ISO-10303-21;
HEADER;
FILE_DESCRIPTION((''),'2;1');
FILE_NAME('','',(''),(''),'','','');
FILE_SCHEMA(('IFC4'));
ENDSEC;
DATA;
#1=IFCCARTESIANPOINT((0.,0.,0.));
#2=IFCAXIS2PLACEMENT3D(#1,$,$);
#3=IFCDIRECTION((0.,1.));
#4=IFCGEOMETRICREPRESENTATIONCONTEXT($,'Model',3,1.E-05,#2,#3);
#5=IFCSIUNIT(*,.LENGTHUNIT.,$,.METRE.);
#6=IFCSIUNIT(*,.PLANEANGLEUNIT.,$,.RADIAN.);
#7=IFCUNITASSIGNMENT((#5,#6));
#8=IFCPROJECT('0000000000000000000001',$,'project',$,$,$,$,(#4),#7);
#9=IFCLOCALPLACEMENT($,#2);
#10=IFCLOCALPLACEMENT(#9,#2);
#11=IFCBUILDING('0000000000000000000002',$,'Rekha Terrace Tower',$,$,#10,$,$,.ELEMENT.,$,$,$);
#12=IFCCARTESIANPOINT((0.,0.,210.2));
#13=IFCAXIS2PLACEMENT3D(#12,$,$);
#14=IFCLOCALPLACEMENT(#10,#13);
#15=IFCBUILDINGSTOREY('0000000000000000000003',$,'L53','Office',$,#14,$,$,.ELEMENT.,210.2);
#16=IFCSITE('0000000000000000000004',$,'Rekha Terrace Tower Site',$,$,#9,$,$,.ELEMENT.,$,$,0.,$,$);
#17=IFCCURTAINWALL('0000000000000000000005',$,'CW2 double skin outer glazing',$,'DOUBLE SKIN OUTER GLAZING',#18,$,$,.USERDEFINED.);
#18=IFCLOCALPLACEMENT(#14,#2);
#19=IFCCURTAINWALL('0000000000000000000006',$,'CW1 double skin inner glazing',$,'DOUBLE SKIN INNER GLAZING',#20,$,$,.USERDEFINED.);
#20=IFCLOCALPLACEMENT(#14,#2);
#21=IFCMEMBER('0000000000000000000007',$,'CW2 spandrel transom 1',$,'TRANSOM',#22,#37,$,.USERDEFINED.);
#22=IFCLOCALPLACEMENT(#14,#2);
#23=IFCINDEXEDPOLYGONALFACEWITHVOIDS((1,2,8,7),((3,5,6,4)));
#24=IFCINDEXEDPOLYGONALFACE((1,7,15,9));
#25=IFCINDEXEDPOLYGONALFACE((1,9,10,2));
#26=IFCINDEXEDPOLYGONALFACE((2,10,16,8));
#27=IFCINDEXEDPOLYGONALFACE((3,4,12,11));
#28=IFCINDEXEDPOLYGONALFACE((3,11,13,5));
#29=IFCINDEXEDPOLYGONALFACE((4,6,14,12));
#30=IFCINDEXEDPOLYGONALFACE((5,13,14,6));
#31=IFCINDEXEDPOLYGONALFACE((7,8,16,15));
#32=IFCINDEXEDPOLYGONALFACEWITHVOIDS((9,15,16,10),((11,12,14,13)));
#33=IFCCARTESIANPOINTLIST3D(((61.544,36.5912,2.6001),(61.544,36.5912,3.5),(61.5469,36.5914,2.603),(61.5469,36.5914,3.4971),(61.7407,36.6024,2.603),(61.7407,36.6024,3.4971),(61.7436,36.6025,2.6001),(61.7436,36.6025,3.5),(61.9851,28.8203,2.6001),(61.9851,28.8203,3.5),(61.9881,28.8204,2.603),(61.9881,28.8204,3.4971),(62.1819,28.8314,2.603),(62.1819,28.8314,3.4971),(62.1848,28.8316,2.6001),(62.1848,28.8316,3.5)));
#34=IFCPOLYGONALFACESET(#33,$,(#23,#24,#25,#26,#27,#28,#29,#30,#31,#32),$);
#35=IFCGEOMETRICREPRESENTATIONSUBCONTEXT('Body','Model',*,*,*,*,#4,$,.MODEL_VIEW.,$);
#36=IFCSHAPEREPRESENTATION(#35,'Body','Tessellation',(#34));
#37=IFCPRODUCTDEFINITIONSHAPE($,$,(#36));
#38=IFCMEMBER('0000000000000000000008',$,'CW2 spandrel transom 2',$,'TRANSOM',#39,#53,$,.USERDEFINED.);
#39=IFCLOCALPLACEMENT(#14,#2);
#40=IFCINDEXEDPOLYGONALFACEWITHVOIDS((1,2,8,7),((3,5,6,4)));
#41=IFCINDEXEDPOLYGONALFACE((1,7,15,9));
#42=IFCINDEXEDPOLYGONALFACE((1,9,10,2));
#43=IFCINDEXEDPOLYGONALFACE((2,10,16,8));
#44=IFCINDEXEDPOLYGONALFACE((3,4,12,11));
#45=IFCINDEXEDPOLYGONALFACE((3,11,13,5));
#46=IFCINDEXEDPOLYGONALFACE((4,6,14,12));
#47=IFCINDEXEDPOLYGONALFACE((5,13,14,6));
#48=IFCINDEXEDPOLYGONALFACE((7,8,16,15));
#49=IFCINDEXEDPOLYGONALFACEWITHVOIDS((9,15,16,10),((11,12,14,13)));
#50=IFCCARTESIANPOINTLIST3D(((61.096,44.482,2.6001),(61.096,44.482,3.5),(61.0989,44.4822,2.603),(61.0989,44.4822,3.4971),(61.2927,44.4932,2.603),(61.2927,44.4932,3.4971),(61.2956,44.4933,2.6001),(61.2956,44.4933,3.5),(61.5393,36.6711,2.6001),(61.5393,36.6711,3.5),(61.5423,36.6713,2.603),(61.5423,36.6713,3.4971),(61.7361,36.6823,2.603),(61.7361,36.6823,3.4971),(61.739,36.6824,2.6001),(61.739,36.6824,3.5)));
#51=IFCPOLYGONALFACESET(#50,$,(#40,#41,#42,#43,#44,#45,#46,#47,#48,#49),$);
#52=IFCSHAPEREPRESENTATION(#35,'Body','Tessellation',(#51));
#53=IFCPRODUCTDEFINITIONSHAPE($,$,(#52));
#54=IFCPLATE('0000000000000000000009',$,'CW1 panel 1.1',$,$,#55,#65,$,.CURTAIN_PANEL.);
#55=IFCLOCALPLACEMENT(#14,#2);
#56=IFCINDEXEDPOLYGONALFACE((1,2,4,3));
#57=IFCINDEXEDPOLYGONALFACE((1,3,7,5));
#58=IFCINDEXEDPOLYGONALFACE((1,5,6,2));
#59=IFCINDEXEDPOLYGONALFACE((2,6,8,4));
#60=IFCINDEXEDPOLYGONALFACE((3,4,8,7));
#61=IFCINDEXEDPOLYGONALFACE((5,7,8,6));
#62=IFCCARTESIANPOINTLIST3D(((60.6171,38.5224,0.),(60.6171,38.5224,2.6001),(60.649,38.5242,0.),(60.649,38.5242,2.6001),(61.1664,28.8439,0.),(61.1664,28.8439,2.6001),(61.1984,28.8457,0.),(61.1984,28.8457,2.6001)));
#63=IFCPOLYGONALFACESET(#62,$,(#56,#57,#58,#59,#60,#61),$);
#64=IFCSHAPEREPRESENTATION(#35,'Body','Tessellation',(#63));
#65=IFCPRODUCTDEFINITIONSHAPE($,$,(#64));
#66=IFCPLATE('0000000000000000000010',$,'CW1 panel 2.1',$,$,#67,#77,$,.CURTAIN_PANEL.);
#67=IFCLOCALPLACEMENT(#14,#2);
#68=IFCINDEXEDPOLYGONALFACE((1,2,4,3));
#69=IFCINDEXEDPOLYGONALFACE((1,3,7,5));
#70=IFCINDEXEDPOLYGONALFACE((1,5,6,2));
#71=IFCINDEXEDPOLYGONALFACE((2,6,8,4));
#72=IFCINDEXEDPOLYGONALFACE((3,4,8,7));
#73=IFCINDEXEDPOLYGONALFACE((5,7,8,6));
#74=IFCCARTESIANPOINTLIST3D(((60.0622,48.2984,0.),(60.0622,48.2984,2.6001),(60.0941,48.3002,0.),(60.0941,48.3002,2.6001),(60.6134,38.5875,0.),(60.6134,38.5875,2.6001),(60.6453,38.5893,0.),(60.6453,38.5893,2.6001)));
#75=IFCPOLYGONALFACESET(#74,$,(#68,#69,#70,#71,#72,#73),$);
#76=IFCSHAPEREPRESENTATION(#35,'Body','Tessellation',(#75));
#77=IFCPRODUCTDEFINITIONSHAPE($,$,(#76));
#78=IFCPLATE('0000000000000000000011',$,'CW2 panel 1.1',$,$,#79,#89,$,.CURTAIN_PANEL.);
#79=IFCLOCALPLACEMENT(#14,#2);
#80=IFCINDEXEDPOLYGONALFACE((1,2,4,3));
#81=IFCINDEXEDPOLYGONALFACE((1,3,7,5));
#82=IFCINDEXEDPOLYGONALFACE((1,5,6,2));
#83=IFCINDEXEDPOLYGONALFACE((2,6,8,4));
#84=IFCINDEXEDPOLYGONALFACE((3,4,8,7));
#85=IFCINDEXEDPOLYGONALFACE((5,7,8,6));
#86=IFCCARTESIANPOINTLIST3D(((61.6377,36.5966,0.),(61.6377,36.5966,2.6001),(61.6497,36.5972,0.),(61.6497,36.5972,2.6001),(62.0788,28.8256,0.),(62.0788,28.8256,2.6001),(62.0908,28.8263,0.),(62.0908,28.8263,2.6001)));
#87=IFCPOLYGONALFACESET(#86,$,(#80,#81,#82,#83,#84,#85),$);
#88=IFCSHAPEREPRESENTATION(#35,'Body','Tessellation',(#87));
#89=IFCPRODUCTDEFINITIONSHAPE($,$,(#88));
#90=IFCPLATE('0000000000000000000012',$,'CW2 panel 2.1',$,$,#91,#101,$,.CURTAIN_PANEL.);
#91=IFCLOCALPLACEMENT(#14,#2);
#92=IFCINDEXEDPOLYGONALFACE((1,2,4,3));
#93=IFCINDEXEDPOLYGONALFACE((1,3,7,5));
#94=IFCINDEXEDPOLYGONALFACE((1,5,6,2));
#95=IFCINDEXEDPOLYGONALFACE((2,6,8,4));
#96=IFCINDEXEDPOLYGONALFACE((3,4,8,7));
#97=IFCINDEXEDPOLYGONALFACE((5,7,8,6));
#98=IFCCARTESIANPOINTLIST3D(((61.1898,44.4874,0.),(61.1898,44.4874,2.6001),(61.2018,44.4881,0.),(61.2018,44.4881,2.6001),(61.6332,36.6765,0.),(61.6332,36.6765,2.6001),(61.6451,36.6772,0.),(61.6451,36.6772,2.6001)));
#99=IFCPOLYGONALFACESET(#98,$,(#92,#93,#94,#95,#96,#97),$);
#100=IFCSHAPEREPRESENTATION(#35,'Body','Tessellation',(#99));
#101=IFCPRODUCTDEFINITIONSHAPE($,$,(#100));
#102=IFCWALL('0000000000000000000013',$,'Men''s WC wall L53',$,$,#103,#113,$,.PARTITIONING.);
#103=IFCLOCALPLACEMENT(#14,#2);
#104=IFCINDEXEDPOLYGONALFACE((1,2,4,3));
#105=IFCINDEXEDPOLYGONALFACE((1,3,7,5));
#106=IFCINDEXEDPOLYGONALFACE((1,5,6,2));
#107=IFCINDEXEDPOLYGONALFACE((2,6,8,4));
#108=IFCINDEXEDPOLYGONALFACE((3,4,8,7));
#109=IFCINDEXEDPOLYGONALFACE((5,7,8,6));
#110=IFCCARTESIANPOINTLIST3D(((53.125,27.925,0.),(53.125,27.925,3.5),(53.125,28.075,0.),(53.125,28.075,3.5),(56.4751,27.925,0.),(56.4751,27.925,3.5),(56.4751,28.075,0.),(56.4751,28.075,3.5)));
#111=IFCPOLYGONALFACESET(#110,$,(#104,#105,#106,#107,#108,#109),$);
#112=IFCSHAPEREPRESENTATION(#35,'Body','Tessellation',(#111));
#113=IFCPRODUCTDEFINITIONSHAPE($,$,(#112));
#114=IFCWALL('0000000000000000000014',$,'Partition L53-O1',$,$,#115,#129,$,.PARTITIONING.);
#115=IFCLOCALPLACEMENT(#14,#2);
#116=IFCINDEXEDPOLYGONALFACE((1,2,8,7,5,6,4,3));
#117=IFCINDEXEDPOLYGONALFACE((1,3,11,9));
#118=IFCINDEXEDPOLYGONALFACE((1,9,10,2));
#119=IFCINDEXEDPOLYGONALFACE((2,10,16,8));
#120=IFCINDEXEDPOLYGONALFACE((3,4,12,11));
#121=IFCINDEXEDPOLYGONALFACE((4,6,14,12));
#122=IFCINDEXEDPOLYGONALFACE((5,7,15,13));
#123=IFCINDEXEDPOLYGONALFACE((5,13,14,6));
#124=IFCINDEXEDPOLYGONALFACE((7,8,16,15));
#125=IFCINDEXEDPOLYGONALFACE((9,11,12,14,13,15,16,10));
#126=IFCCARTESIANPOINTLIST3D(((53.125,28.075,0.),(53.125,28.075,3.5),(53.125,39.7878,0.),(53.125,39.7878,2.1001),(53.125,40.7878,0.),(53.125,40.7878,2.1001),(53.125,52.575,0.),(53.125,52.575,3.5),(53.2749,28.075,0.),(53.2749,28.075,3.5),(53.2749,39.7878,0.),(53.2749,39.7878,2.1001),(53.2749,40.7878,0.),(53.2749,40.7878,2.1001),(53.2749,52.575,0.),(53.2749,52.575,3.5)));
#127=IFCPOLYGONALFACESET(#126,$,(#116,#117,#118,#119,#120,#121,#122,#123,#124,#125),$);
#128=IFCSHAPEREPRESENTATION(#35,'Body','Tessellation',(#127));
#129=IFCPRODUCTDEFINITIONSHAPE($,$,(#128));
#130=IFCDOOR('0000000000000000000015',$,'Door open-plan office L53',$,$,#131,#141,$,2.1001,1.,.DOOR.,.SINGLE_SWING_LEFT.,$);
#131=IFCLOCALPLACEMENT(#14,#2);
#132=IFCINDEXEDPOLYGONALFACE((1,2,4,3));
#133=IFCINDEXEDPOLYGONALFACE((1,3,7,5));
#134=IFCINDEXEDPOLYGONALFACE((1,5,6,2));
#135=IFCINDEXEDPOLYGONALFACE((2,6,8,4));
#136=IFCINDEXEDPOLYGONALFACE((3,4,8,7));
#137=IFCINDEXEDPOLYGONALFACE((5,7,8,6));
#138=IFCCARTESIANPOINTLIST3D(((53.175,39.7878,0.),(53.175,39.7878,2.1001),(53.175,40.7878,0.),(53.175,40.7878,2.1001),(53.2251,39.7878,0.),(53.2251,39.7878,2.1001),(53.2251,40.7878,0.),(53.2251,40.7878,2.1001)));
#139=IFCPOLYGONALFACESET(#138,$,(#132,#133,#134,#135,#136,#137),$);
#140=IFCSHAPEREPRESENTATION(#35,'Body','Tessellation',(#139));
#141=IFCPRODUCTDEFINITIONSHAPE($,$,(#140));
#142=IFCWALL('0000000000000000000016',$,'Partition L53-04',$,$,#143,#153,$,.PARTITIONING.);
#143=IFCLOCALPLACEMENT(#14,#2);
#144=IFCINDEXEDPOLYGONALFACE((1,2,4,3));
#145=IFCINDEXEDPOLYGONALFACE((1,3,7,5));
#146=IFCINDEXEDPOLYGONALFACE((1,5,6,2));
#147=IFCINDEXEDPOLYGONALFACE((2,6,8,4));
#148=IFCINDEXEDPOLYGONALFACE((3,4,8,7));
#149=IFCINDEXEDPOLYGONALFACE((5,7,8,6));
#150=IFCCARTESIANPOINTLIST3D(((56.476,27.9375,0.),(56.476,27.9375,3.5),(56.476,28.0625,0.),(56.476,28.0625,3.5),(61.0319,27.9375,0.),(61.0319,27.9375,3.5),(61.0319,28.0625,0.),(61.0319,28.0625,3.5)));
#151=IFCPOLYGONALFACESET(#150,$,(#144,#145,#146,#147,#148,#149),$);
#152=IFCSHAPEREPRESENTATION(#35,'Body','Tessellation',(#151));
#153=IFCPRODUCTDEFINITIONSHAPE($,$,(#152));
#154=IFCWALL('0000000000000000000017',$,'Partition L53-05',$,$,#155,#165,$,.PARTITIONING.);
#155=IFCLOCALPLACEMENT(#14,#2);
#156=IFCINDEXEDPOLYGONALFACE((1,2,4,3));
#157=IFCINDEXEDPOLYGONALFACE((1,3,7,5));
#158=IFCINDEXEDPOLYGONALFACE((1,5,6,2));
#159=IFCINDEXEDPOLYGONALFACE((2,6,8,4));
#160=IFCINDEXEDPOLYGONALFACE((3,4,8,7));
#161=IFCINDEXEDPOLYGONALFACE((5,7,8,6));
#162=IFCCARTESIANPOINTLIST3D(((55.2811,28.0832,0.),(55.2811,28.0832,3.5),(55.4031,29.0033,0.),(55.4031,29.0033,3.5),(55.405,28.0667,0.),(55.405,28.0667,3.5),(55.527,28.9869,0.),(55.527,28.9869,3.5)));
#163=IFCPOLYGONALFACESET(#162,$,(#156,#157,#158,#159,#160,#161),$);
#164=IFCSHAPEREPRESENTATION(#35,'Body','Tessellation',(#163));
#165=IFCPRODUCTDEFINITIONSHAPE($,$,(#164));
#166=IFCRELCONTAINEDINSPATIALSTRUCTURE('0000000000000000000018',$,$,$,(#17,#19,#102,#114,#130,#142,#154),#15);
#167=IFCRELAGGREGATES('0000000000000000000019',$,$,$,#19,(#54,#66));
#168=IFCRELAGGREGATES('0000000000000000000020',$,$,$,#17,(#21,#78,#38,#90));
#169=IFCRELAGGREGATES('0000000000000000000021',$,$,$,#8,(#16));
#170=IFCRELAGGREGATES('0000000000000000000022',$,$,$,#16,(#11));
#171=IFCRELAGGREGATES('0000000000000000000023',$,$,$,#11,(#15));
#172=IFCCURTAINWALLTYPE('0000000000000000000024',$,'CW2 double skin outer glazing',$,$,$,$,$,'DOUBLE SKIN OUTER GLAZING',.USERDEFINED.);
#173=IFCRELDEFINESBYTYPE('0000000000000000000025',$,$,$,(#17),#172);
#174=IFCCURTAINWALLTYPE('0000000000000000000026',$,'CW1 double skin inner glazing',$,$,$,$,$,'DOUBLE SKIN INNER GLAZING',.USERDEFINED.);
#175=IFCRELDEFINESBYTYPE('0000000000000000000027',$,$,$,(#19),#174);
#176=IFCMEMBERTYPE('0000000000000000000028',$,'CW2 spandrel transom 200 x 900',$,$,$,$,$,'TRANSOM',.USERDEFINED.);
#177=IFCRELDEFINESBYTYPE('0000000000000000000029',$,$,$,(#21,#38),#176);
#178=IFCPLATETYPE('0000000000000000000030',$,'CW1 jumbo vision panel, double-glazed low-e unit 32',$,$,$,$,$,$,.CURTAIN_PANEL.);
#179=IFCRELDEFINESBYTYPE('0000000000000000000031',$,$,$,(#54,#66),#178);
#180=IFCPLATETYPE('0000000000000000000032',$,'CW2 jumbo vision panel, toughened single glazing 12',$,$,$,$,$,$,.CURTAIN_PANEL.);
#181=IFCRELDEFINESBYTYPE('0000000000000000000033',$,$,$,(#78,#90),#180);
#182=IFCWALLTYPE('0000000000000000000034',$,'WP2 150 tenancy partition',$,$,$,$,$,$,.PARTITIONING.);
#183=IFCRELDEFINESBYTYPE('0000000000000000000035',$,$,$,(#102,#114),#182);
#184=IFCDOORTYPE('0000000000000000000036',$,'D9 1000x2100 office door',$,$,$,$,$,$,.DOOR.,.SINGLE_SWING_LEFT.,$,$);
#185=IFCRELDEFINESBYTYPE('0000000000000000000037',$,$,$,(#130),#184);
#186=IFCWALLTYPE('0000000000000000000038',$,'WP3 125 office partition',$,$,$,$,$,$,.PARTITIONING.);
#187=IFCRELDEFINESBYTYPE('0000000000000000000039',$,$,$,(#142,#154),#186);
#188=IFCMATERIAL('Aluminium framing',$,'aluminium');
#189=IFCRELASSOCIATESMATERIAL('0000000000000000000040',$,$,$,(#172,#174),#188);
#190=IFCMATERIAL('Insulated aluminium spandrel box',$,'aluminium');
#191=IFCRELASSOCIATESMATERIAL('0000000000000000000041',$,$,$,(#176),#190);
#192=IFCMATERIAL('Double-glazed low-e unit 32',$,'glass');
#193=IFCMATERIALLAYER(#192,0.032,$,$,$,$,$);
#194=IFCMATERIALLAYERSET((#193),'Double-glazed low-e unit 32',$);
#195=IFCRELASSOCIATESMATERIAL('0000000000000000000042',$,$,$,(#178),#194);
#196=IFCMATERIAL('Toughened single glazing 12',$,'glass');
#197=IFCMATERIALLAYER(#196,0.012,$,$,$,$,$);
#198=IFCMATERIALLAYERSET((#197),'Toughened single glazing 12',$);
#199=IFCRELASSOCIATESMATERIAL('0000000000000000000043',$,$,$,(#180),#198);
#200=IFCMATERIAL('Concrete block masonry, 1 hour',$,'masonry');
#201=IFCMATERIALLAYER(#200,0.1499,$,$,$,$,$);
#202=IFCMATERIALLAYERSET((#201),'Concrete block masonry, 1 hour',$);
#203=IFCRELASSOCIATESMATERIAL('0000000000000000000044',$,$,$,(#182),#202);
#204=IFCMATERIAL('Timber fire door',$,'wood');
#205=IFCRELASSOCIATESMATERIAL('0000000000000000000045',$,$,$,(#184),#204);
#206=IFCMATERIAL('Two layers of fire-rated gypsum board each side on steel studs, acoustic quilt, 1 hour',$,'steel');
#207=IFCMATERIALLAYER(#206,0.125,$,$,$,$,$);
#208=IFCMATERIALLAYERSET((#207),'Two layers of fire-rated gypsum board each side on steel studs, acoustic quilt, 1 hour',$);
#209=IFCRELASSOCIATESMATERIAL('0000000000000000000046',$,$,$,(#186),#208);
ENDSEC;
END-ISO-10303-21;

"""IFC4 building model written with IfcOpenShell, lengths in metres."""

from ifc_helpers import new_model, si_unit, direction, frame, frame_2d, origin, origin_2d, place, context, subcontext, project, spatial, rectangle, hollow_rectangle, extrude, material, layer, layer_set, material_profile, profile_set, type_object, element, fill, aggregate, save


model = new_model("IFC4")

# Units and contexts
model_context = context("Model", 3, precision=1e-05, world=origin(), true_north=direction((0.0, 1.0)))
body_context = subcontext(model_context, "Body", "Model", "MODEL_VIEW")
ifc_project = project(units=[si_unit("LENGTHUNIT", "METRE"), si_unit("PLANEANGLEUNIT", "RADIAN")], contexts=[model_context])

# Site, building, storey
site_placement = place(None, origin())
site = spatial("IfcSite", under=ifc_project, at=site_placement, Name="Rekha Terrace Tower Site", CompositionType="ELEMENT", RefElevation=0.0)
building_placement = place(site_placement, origin())
building = spatial("IfcBuilding", under=site, at=building_placement, Name="Rekha Terrace Tower", CompositionType="ELEMENT")
storey_placement = place(building_placement, frame((0.0, 0.0, 210.2)))
storey = spatial("IfcBuildingStorey", under=building, at=storey_placement, Name="L53", Description="Office", CompositionType="ELEMENT", Elevation=210.2)

# Curtain wall
ifc_material_1 = material(Name="Aluminium framing", Category="aluminium")
curtain_wall_type_1 = type_object("IfcCurtainWallType", Name="CW2 double skin outer glazing", ElementType="DOUBLE SKIN OUTER GLAZING", PredefinedType="USERDEFINED", material=ifc_material_1)
curtain_wall_1_placement = place(storey_placement, origin())
curtain_wall_1 = element("IfcCurtainWall", 1, at=curtain_wall_1_placement, inside=storey, type_object=curtain_wall_type_1, Name="CW2 double skin outer glazing", ObjectType="DOUBLE SKIN OUTER GLAZING", PredefinedType="USERDEFINED")

# Curtain wall
curtain_wall_type_2 = type_object("IfcCurtainWallType", Name="CW1 double skin inner glazing", ElementType="DOUBLE SKIN INNER GLAZING", PredefinedType="USERDEFINED", material=ifc_material_1)
curtain_wall_2_placement = place(storey_placement, origin())
curtain_wall_2 = element("IfcCurtainWall", 2, at=curtain_wall_2_placement, inside=storey, type_object=curtain_wall_type_2, Name="CW1 double skin inner glazing", ObjectType="DOUBLE SKIN INNER GLAZING", PredefinedType="USERDEFINED")
ifc_material_2 = material(Name="Insulated aluminium spandrel box", Category="aluminium")

# Members
ifc_material_profile_1 = material_profile(ifc_material_2, hollow_rectangle(XDim=0.2, YDim=0.8999, WallThickness=0.0029, at=origin_2d()), Name="AL SPANDREL BOX 200x900")
ifc_profile_set_1 = profile_set([ifc_material_profile_1], Name="Insulated aluminium spandrel box")
member_type_1 = type_object("IfcMemberType", Name="CW2 spandrel transom 200 x 900", ElementType="TRANSOM", PredefinedType="USERDEFINED", material=ifc_profile_set_1)
member_1_placement = place(storey_placement, frame((62.085, 28.8259, 3.05), z_axis=(-0.056679, 0.998392, 0.0), x_axis=(-0.998392, -0.056679, 0.0)))
member_1 = element("IfcMember", 3, at=member_1_placement, type_object=member_type_1, Name="CW2 spandrel transom 1", ObjectType="TRANSOM", PredefinedType="USERDEFINED", context=body_context, shape_type="SweptSolid", body=[
    extrude(hollow_rectangle(XDim=0.2, YDim=0.8999, WallThickness=0.0029, at=origin_2d()), origin(), (0.0, 0.0, 1.0), 7.7834),
])
member_2_placement = place(storey_placement, frame((61.6392, 36.6768, 3.05), z_axis=(-0.056669, 0.998393, 0.0), x_axis=(-0.998393, -0.056669, 0.0)))
member_2 = element("IfcMember", 4, at=member_2_placement, type_object=member_type_1, Name="CW2 spandrel transom 2", ObjectType="TRANSOM", PredefinedType="USERDEFINED", context=body_context, shape_type="SweptSolid", body=[
    extrude(hollow_rectangle(XDim=0.2, YDim=0.8999, WallThickness=0.0029, at=origin_2d()), origin(), (0.0, 0.0, 1.0), 7.8235),
])

# Plates
ifc_material_3 = material(Name="Double-glazed low-e unit 32", Category="glass")
ifc_layer_1 = layer(ifc_material_3, 0.032)
ifc_layer_set_1 = layer_set([ifc_layer_1], Name="Double-glazed low-e unit 32")
plate_type_1 = type_object("IfcPlateType", Name="CW1 jumbo vision panel, double-glazed low-e unit 32", PredefinedType="CURTAIN_PANEL", material=ifc_layer_set_1)
plate_1_placement = place(storey_placement, frame((60.9077, 33.6841, 0.0), z_axis=(0.0, 0.0, 1.0), x_axis=(-0.056673, 0.998393, 0.0)))
plate_1 = element("IfcPlate", 5, at=plate_1_placement, type_object=plate_type_1, Name="CW1 panel 1.1", PredefinedType="CURTAIN_PANEL", context=body_context, shape_type="SweptSolid", body=[
    extrude(rectangle(XDim=9.6941, YDim=0.032, at=origin_2d()), origin(), (0.0, 0.0, 1.0), 2.6001),
])
plate_2_placement = place(storey_placement, frame((60.3538, 43.4438, 0.0), z_axis=(0.0, 0.0, 1.0), x_axis=(-0.056673, 0.998393, 0.0)))
plate_2 = element("IfcPlate", 6, at=plate_2_placement, type_object=plate_type_1, Name="CW1 panel 2.1", PredefinedType="CURTAIN_PANEL", context=body_context, shape_type="SweptSolid", body=[
    extrude(rectangle(XDim=9.7266, YDim=0.032, at=origin_2d()), origin(), (0.0, 0.0, 1.0), 2.6001),
])
aggregate(curtain_wall_2, [plate_1, plate_2])
ifc_material_4 = material(Name="Toughened single glazing 12", Category="glass")
ifc_layer_2 = layer(ifc_material_4, 0.012)
ifc_layer_set_2 = layer_set([ifc_layer_2], Name="Toughened single glazing 12")
plate_type_2 = type_object("IfcPlateType", Name="CW2 jumbo vision panel, toughened single glazing 12", PredefinedType="CURTAIN_PANEL", material=ifc_layer_set_2)
plate_3_placement = place(storey_placement, frame((61.8643, 32.7114, 0.0), z_axis=(0.0, 0.0, 1.0), x_axis=(-0.056673, 0.998393, 0.0)))
plate_3 = element("IfcPlate", 7, at=plate_3_placement, type_object=plate_type_2, Name="CW2 panel 1.1", PredefinedType="CURTAIN_PANEL", context=body_context, shape_type="SweptSolid", body=[
    extrude(rectangle(XDim=7.7834, YDim=0.012, at=origin_2d()), origin(), (0.0, 0.0, 1.0), 2.6001),
])
plate_4_placement = place(storey_placement, frame((61.4175, 40.5823, 0.0), z_axis=(0.0, 0.0, 1.0), x_axis=(-0.056673, 0.998393, 0.0)))
plate_4 = element("IfcPlate", 8, at=plate_4_placement, type_object=plate_type_2, Name="CW2 panel 2.1", PredefinedType="CURTAIN_PANEL", context=body_context, shape_type="SweptSolid", body=[
    extrude(rectangle(XDim=7.8235, YDim=0.012, at=origin_2d()), origin(), (0.0, 0.0, 1.0), 2.6001),
])
aggregate(curtain_wall_1, [member_1, plate_3, member_2, plate_4])

# Wall
ifc_material_5 = material(Name="Concrete block masonry, 1 hour", Category="masonry")
ifc_layer_3 = layer(ifc_material_5, 0.1499)
ifc_layer_set_3 = layer_set([ifc_layer_3], Name="Concrete block masonry, 1 hour")
wall_type_1 = type_object("IfcWallType", Name="WP2 150 tenancy partition", PredefinedType="PARTITIONING", material=ifc_layer_set_3)
wall_1_placement = place(storey_placement, frame((53.125, 28.0, 0.0), z_axis=(0.0, 0.0, 1.0), x_axis=(1.0, 0.0, 0.0)))
element("IfcWall", 9, at=wall_1_placement, inside=storey, type_object=wall_type_1, Name="Men's WC wall L53", PredefinedType="PARTITIONING", context=body_context, shape_type="SweptSolid", body=[
    extrude(rectangle(XDim=3.3501, YDim=0.1499, at=frame_2d((1.675, 0.0))), origin(), (0.0, 0.0, 1.0), 3.5),
])

# Wall, opening, door
wall_2_placement = place(storey_placement, frame((53.2, 28.075, 0.0), z_axis=(0.0, 0.0, 1.0), x_axis=(0.0, 1.0, 0.0)))
wall_2 = element("IfcWall", 10, at=wall_2_placement, inside=storey, type_object=wall_type_1, Name="Partition L53-O1", PredefinedType="PARTITIONING", context=body_context, shape_type="SweptSolid", body=[
    extrude(rectangle(XDim=24.5, YDim=0.1499, at=frame_2d((12.25, 0.0))), origin(), (0.0, 0.0, 1.0), 3.5),
])
opening_1_placement = place(wall_2_placement, frame((11.7129, 0.0, 0.0)))
opening_1 = element("IfcOpeningElement", 11, at=opening_1_placement, cuts=wall_2, PredefinedType="OPENING", context=body_context, shape_type="SweptSolid", body=[
    extrude(rectangle(XDim=1.0, YDim=2.1001, at=frame_2d((0.5, 1.05))), frame((0.0, 0.085, 0.0), z_axis=(0.0, -1.0, 0.0), x_axis=(1.0, 0.0, 0.0)), (0.0, 0.0, 1.0), 0.1699),
])
ifc_material_6 = material(Name="Timber fire door", Category="wood")
door_type = type_object("IfcDoorType", Name="D9 1000x2100 office door", OperationType="SINGLE_SWING_LEFT", PredefinedType="DOOR", material=ifc_material_6)
door_1_placement = place(opening_1_placement, origin())
door_1 = element("IfcDoor", 12, at=door_1_placement, inside=storey, type_object=door_type, Name="Door open-plan office L53", OperationType="SINGLE_SWING_LEFT", OverallHeight=2.1001, OverallWidth=1.0, PredefinedType="DOOR", context=body_context, shape_type="SweptSolid", body=[
    extrude(rectangle(XDim=1.0, YDim=2.1001, at=frame_2d((0.5, 1.05))), frame((0.0, 0.0249, 0.0), z_axis=(0.0, -1.0, 0.0), x_axis=(1.0, 0.0, 0.0)), (0.0, 0.0, 1.0), 0.05),
])
fill(opening_1, door_1)

# Walls
ifc_material_7 = material(Name="Two layers of fire-rated gypsum board each side on steel studs, acoustic quilt, 1 hour", Category="steel")
ifc_layer_4 = layer(ifc_material_7, 0.125)
ifc_layer_set_4 = layer_set([ifc_layer_4], Name="Two layers of fire-rated gypsum board each side on steel studs, acoustic quilt, 1 hour")
wall_type_2 = type_object("IfcWallType", Name="WP3 125 office partition", PredefinedType="PARTITIONING", material=ifc_layer_set_4)
wall_3_placement = place(storey_placement, frame((56.4761, 28.0, 0.0), z_axis=(0.0, 0.0, 1.0), x_axis=(1.0, 0.0, 0.0)))
element("IfcWall", 13, at=wall_3_placement, inside=storey, type_object=wall_type_2, Name="Partition L53-04", PredefinedType="PARTITIONING", context=body_context, shape_type="SweptSolid", body=[
    extrude(rectangle(XDim=4.5559, YDim=0.125, at=frame_2d((2.2778, 0.0))), origin(), (0.0, 0.0, 1.0), 3.5),
])
wall_4_placement = place(storey_placement, frame((55.343, 28.075, 0.0), z_axis=(0.0, 0.0, 1.0), x_axis=(0.131509, 0.991315, 0.0)))
element("IfcWall", 14, at=wall_4_placement, inside=storey, type_object=wall_type_2, Name="Partition L53-05", PredefinedType="PARTITIONING", context=body_context, shape_type="SweptSolid", body=[
    extrude(rectangle(XDim=0.9282, YDim=0.125, at=frame_2d((0.4641, 0.0))), origin(), (0.0, 0.0, 1.0), 3.5),
])

save(model, "model.ifc")
